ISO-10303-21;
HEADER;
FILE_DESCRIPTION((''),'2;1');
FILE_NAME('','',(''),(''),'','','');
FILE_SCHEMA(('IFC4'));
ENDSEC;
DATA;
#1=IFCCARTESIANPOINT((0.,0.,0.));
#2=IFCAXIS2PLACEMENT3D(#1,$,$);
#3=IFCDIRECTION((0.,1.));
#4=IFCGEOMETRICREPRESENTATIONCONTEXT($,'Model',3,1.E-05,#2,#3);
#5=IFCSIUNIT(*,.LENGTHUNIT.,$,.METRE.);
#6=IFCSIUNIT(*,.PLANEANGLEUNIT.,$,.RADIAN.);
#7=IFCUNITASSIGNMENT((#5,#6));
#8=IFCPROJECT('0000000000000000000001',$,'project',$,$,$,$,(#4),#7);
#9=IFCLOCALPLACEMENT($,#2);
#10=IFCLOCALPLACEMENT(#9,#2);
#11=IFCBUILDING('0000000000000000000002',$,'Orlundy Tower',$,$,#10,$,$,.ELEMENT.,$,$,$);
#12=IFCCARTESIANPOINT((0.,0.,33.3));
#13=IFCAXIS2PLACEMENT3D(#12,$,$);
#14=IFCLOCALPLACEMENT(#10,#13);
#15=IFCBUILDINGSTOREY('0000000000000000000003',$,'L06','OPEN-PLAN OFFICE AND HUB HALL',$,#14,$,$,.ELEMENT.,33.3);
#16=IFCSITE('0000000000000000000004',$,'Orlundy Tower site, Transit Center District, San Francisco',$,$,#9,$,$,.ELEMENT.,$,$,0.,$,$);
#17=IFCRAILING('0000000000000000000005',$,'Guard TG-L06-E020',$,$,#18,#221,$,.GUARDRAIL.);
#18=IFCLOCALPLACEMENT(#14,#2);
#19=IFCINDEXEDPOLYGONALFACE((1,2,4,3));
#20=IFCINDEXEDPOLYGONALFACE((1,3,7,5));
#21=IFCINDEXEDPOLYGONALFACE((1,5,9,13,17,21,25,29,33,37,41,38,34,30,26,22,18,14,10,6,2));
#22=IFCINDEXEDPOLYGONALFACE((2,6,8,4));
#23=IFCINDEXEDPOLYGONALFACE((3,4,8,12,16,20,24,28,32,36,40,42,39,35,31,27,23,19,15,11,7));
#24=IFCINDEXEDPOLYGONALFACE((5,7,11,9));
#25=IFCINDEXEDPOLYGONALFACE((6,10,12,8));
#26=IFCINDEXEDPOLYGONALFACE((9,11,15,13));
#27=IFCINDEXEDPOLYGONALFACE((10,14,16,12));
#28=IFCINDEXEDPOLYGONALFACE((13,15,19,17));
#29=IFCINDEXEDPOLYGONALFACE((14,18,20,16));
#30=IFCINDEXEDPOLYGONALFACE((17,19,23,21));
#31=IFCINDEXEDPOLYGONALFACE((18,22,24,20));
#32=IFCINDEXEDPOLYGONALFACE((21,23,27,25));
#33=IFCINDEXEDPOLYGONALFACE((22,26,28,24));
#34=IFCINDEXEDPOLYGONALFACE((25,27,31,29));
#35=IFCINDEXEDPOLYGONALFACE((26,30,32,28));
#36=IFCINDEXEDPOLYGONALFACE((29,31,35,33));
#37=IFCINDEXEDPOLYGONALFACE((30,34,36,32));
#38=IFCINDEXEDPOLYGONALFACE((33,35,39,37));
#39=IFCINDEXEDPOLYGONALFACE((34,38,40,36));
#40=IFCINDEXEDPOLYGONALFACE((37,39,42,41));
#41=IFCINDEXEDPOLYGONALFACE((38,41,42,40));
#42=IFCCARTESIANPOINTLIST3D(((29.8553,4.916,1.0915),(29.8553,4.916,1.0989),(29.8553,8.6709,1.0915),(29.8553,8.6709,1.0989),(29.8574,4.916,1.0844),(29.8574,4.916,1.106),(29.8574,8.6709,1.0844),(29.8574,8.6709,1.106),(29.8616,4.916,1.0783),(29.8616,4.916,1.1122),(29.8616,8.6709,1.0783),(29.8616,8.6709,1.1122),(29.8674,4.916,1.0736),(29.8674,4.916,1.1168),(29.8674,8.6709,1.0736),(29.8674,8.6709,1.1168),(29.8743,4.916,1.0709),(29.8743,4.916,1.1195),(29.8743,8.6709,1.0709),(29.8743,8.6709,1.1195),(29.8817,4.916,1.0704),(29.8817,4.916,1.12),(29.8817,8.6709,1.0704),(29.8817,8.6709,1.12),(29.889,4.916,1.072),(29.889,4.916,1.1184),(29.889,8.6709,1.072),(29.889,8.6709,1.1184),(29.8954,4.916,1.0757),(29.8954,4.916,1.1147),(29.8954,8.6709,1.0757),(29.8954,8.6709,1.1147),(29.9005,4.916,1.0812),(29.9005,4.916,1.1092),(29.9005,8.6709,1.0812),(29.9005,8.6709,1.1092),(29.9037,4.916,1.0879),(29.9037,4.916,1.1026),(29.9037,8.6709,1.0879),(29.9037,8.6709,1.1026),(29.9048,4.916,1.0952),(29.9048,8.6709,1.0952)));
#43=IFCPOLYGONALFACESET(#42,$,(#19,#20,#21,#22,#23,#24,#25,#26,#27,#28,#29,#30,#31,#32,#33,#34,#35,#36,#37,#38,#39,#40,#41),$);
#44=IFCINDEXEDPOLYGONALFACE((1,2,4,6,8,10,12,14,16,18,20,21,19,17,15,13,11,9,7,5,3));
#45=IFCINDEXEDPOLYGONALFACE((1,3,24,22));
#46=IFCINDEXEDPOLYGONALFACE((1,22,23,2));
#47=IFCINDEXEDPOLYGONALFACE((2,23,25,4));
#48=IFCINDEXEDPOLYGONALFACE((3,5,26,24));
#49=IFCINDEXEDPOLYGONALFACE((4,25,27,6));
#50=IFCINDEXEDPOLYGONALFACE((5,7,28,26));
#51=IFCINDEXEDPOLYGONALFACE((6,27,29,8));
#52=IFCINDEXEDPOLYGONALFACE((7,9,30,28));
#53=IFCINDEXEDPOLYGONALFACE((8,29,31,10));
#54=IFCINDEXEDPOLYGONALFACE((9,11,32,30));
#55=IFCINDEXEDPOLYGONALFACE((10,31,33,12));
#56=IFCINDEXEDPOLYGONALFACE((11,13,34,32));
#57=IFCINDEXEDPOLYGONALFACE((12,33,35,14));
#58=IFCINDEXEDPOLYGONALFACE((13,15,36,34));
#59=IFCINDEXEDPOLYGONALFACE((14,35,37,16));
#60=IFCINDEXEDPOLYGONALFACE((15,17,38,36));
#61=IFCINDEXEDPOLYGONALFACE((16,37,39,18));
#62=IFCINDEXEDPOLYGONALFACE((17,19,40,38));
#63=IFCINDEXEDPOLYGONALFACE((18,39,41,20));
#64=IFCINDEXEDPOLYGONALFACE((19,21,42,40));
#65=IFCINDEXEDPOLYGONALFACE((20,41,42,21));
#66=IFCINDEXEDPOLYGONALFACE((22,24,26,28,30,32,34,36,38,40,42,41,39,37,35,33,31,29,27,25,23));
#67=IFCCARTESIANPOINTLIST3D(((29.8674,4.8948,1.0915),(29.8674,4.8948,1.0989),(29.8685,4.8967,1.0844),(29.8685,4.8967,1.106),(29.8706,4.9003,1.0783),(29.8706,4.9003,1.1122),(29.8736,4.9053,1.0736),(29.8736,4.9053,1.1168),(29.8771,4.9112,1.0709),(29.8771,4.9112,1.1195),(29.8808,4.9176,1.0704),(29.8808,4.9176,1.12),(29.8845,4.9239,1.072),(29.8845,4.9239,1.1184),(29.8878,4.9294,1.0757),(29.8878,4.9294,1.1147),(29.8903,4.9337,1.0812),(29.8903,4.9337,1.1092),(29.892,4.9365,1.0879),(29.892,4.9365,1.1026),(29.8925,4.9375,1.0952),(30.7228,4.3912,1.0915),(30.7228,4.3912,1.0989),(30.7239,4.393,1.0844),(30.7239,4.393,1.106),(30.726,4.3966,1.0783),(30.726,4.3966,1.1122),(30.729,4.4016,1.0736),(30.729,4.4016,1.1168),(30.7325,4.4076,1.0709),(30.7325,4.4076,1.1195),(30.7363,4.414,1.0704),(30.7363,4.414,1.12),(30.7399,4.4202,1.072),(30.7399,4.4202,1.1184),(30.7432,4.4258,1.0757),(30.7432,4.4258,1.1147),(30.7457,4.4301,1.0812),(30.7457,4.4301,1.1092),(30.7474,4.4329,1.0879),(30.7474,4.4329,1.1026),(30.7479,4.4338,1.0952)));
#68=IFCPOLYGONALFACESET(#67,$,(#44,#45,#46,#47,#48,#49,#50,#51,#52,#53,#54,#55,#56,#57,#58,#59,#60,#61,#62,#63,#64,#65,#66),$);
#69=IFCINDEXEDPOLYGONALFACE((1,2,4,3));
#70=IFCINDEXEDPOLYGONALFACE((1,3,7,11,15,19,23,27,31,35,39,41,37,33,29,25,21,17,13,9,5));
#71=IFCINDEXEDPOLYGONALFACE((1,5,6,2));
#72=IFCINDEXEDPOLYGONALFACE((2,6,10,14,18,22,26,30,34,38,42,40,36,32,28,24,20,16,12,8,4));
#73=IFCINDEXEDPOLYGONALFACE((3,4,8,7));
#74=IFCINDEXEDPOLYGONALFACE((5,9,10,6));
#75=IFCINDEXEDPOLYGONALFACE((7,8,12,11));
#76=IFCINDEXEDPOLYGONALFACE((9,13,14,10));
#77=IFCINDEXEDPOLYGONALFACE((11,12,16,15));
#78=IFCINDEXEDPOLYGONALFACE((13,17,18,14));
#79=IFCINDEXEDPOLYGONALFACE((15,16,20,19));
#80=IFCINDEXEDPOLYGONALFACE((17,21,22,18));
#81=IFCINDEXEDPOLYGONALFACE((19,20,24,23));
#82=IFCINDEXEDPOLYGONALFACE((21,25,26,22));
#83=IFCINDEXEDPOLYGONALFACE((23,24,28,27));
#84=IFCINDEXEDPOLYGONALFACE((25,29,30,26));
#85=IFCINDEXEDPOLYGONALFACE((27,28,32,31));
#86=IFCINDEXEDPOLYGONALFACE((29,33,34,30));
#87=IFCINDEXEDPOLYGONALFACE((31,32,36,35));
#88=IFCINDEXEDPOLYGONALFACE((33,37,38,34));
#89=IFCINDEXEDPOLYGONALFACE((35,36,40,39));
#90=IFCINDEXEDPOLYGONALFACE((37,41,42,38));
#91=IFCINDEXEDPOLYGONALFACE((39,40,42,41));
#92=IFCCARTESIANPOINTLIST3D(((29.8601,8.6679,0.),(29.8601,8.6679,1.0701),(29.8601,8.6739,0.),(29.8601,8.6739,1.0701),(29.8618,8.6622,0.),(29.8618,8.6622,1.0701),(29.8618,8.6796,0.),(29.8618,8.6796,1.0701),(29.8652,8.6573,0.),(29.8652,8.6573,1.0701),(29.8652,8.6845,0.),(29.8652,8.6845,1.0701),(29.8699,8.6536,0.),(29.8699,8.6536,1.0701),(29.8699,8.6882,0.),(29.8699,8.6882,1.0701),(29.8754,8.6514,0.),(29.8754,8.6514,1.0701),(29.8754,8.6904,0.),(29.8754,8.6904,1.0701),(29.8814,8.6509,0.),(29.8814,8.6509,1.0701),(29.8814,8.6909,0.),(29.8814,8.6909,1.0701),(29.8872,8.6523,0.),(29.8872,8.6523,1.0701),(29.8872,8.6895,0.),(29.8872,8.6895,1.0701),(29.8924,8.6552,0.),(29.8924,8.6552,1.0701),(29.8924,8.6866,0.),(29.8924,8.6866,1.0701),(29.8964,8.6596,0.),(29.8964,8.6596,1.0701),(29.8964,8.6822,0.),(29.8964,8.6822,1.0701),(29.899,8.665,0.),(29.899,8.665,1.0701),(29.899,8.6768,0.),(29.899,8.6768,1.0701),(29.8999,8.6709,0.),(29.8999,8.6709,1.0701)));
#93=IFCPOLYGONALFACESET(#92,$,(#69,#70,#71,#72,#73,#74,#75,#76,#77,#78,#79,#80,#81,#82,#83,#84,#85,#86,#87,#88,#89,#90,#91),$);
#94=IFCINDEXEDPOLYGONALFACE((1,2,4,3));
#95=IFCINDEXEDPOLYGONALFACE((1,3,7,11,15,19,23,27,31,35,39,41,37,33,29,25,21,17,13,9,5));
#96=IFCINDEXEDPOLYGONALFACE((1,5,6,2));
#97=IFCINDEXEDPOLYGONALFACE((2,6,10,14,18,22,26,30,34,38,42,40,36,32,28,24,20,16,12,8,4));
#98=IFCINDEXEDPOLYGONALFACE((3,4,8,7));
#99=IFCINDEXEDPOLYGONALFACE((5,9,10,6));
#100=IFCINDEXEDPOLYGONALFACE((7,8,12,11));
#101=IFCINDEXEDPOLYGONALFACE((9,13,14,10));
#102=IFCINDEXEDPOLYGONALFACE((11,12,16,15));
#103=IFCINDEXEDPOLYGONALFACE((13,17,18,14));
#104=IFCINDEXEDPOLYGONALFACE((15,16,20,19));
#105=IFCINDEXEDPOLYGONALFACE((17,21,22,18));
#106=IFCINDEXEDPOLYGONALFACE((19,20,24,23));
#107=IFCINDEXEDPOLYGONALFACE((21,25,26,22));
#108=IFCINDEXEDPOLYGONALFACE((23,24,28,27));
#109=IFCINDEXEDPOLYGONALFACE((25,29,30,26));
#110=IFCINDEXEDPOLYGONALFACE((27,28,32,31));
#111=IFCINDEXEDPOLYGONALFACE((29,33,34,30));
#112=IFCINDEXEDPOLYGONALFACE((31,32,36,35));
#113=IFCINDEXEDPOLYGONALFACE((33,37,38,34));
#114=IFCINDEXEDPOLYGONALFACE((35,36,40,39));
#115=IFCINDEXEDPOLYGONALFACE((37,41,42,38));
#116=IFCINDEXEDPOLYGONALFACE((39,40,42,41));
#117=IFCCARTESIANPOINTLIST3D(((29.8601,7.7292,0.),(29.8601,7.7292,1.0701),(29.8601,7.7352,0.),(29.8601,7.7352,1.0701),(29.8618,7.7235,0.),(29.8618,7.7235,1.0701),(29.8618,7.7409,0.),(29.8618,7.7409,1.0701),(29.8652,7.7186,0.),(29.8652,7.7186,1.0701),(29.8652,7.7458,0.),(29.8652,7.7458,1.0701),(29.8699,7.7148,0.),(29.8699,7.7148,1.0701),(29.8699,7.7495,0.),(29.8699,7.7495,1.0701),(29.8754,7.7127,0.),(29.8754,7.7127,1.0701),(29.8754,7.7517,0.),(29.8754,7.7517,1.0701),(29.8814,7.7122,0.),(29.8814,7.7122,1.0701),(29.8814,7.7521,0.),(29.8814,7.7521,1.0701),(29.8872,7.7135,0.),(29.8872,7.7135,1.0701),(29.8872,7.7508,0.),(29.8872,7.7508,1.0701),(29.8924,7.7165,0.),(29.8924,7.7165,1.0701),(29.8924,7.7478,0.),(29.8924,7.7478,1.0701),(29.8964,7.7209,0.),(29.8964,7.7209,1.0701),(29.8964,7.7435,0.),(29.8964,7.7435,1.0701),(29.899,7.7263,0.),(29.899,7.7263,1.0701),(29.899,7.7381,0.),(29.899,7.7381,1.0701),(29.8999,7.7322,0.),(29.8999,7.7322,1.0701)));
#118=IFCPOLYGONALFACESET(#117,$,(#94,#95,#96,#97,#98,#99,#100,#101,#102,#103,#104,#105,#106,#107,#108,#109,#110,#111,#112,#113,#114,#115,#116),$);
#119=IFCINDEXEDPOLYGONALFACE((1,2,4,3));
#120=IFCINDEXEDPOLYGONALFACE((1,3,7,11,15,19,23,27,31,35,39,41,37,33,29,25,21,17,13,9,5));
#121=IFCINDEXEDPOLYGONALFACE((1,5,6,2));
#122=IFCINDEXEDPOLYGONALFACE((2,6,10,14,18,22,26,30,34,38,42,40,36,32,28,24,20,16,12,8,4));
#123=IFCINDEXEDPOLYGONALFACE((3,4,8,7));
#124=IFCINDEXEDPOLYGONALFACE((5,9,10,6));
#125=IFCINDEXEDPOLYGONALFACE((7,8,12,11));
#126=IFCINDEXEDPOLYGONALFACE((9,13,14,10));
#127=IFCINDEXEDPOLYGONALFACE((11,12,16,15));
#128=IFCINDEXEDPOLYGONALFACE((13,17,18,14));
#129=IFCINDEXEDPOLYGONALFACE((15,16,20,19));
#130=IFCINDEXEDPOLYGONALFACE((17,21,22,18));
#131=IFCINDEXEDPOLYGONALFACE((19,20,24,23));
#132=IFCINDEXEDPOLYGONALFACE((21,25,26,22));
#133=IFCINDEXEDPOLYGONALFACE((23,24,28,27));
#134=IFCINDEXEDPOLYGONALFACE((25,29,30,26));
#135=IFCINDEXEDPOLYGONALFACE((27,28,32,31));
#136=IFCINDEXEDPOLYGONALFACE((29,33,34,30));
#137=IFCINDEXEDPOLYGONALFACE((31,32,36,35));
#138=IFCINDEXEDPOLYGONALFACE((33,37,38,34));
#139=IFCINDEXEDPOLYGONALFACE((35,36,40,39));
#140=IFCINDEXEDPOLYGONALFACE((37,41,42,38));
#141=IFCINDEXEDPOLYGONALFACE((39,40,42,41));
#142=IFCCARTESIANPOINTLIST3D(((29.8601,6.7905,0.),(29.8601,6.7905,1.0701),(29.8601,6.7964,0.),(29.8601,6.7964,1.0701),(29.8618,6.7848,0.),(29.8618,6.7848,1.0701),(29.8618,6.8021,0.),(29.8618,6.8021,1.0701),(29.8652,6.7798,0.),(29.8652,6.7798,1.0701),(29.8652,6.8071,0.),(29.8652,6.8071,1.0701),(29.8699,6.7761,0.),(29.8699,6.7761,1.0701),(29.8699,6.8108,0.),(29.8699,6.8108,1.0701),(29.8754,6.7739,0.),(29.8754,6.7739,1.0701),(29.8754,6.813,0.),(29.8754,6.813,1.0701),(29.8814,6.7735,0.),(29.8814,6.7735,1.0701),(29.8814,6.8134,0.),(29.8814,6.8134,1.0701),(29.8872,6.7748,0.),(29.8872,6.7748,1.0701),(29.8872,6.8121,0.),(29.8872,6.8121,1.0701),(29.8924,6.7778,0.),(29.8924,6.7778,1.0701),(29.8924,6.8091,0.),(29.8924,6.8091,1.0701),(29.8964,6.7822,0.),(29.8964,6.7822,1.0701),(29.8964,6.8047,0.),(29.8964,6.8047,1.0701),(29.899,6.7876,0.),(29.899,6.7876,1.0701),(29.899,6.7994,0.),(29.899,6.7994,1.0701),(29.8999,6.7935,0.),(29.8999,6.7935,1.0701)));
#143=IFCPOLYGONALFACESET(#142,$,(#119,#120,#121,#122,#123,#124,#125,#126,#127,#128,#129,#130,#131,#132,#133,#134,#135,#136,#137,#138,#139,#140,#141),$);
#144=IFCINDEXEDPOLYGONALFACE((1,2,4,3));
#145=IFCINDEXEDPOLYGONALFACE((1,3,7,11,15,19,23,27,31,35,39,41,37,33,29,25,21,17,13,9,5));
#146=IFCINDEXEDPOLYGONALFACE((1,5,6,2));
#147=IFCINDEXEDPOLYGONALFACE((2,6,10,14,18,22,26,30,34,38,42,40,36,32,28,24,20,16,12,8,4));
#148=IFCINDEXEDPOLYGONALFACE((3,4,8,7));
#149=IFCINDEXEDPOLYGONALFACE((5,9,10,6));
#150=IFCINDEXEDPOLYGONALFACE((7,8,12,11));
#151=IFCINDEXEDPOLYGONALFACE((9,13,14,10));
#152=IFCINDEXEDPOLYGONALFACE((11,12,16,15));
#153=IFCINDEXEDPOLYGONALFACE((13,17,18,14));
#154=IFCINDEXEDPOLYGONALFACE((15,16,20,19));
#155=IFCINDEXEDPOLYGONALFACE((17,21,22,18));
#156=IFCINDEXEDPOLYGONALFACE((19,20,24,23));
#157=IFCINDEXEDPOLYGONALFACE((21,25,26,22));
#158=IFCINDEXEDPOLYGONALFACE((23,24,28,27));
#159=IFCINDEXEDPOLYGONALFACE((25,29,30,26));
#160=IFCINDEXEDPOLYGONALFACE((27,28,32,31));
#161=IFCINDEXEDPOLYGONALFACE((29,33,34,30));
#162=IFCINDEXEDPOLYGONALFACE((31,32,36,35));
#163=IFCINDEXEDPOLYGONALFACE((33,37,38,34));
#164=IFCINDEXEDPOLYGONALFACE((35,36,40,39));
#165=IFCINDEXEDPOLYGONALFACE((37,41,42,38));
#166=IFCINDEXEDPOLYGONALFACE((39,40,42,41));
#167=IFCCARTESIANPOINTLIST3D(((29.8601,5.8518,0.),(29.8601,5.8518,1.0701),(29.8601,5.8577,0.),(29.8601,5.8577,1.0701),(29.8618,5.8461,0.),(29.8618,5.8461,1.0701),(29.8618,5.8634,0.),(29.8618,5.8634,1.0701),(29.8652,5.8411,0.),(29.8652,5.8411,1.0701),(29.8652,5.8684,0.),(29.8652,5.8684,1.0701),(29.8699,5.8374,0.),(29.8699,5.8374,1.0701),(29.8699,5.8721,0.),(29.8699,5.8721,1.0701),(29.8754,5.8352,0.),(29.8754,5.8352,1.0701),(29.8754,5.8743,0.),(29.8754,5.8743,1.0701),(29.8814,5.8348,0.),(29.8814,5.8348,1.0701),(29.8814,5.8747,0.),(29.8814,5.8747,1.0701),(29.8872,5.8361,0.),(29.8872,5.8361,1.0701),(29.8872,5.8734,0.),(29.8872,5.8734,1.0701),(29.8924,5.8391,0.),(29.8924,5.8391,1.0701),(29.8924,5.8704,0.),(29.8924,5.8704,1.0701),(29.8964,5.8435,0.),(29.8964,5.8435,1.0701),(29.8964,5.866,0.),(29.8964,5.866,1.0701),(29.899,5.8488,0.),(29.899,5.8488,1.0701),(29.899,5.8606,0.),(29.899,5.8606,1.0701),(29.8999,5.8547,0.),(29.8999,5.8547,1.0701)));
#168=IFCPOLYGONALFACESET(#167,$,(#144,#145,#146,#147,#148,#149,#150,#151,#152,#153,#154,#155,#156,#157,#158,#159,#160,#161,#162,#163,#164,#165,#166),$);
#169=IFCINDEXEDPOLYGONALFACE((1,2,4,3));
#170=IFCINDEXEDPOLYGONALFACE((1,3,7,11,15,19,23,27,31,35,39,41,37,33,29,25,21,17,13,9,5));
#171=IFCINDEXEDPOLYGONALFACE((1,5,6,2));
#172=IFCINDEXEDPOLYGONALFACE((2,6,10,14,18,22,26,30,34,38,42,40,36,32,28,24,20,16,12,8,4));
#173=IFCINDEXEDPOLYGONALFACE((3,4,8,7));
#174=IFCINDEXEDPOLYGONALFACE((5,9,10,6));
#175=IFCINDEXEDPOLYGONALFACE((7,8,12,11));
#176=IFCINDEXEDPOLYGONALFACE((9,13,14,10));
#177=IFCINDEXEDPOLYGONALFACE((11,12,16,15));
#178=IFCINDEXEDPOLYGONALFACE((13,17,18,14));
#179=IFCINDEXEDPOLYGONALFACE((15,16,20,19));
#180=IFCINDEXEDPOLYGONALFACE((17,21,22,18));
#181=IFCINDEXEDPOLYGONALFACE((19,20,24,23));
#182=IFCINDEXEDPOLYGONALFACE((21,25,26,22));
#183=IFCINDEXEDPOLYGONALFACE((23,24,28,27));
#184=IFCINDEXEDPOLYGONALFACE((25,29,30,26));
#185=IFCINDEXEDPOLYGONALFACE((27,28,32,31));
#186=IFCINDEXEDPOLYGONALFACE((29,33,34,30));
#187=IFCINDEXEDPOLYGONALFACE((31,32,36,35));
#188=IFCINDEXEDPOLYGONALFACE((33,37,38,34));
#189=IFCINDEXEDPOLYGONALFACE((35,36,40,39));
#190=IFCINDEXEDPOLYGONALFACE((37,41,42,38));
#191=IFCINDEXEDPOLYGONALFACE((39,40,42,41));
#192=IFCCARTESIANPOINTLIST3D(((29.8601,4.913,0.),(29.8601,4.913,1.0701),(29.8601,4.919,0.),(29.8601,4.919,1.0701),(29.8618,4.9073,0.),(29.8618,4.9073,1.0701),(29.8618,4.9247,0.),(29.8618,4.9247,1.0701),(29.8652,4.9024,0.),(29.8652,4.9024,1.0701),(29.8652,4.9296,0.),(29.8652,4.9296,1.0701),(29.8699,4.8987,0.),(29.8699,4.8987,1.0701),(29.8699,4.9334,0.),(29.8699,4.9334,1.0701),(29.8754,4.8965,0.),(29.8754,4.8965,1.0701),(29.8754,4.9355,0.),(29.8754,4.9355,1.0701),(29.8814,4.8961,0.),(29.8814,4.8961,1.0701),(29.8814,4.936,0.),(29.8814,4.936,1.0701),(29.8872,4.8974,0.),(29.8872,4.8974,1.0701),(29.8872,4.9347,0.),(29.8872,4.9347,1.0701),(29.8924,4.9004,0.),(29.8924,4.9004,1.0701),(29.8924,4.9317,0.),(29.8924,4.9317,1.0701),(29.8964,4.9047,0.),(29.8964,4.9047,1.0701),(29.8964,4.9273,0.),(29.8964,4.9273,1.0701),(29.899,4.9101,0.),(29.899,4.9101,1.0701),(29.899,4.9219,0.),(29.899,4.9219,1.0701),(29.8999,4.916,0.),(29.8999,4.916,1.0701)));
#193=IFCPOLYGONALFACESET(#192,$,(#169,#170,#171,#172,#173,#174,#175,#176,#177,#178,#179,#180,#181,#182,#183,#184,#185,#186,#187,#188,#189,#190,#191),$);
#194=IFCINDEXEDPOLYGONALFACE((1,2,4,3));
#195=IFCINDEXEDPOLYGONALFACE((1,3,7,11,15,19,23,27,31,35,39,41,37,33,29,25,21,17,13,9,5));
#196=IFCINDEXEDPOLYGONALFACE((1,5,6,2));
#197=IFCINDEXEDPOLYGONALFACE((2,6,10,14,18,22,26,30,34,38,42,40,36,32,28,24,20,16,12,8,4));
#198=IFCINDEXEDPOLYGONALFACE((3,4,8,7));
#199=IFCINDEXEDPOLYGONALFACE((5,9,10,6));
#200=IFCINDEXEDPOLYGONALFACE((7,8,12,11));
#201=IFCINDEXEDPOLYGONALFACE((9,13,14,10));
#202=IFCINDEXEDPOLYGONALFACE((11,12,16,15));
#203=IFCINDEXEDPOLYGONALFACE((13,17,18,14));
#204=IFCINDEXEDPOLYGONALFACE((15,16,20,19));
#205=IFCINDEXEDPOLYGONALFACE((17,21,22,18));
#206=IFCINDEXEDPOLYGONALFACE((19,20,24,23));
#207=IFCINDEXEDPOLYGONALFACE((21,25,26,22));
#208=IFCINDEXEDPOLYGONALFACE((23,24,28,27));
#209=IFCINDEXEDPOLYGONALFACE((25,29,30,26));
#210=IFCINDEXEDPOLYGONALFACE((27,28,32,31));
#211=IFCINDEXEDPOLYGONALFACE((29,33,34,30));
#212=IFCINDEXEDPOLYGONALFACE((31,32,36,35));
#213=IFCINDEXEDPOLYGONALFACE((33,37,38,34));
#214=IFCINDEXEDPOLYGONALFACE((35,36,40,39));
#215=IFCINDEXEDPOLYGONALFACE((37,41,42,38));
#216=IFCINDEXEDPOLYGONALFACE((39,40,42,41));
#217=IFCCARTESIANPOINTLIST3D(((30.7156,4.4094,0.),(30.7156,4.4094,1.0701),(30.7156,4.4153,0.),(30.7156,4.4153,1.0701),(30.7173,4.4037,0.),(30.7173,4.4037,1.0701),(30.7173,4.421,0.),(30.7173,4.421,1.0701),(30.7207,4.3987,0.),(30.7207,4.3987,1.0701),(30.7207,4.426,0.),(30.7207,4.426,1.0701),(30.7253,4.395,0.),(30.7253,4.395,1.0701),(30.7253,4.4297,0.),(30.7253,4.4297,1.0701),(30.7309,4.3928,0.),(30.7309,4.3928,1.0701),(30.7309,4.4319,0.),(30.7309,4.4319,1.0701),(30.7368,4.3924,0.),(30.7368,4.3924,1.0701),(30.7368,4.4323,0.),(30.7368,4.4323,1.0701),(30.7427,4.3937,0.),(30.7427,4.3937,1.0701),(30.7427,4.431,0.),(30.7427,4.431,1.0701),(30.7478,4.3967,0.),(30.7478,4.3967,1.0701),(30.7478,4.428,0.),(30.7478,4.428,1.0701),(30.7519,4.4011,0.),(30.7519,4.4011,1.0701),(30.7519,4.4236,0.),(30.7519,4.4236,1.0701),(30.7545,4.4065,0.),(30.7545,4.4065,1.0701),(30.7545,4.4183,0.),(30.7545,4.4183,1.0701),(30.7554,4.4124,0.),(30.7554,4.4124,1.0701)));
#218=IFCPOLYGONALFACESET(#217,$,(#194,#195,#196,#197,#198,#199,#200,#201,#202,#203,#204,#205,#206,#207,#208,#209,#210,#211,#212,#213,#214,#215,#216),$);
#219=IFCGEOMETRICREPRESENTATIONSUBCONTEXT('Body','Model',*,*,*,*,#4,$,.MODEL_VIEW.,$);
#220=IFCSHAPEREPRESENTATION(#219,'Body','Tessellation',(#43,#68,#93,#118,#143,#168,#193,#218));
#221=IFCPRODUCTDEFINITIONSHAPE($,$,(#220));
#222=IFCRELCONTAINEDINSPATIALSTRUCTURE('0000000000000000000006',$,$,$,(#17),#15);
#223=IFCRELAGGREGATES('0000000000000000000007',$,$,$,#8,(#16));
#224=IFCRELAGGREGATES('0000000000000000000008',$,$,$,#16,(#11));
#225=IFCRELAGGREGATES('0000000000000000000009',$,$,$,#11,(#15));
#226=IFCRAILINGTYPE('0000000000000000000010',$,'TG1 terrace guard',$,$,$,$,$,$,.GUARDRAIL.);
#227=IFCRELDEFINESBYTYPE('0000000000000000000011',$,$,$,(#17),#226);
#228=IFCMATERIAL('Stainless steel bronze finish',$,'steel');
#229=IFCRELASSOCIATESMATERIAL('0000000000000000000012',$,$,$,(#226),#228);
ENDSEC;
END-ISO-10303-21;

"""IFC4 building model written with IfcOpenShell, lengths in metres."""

from ifc_helpers import new_model, si_unit, direction, frame, origin, origin_2d, place, context, subcontext, project, spatial, circle, extrude, material, type_object, element, save


model = new_model("IFC4")

# Units and contexts
model_context = context("Model", 3, precision=1e-05, world=origin(), true_north=direction((0.0, 1.0)))
body_context = subcontext(model_context, "Body", "Model", "MODEL_VIEW")
ifc_project = project(units=[si_unit("LENGTHUNIT", "METRE"), si_unit("PLANEANGLEUNIT", "RADIAN")], contexts=[model_context])

# Site, building, storey
site_placement = place(None, origin())
site = spatial("IfcSite", under=ifc_project, at=site_placement, Name="Orlundy Tower site, Transit Center District, San Francisco", CompositionType="ELEMENT", RefElevation=0.0)
building_placement = place(site_placement, origin())
building = spatial("IfcBuilding", under=site, at=building_placement, Name="Orlundy Tower", CompositionType="ELEMENT")
storey_placement = place(building_placement, frame((0.0, 0.0, 33.3)))
storey = spatial("IfcBuildingStorey", under=building, at=storey_placement, Name="L06", Description="OPEN-PLAN OFFICE AND HUB HALL", CompositionType="ELEMENT", Elevation=33.3)

# Railing
ifc_material_1 = material(Name="Stainless steel bronze finish", Category="steel")
railing_type = type_object("IfcRailingType", Name="TG1 terrace guard", PredefinedType="GUARDRAIL", material=ifc_material_1)
railing_1_placement = place(storey_placement, frame((29.8799, 8.6709, 0.0)))
element("IfcRailing", 1, at=railing_1_placement, inside=storey, type_object=railing_type, Name="Guard TG-L06-E020", PredefinedType="GUARDRAIL", context=body_context, shape_type="SweptSolid", body=[
    extrude(circle(Radius=0.0249, at=origin_2d()), frame((0.0, 0.0, 1.0952), z_axis=(0.0, -1.0, 0.0), x_axis=(1.0, 0.0, 0.0)), (0.0, 0.0, 1.0), 3.7549),
    extrude(circle(Radius=0.0249, at=origin_2d()), frame((0.0, -3.7549, 1.0952), z_axis=(0.861738, -0.507353, 0.0), x_axis=(0.507353, 0.861738, 0.0)), (0.0, 0.0, 1.0), 0.9927),
    extrude(circle(Radius=0.02, at=origin_2d()), origin(), (0.0, 0.0, 1.0), 1.0701),
    extrude(circle(Radius=0.02, at=origin_2d()), frame((0.0, -0.9387, 0.0)), (0.0, 0.0, 1.0), 1.0701),
    extrude(circle(Radius=0.02, at=origin_2d()), frame((0.0, -1.8774, 0.0)), (0.0, 0.0, 1.0), 1.0701),
    extrude(circle(Radius=0.02, at=origin_2d()), frame((0.0, -2.8162, 0.0)), (0.0, 0.0, 1.0), 1.0701),
    extrude(circle(Radius=0.02, at=origin_2d()), frame((0.0, -3.7549, 0.0)), (0.0, 0.0, 1.0), 1.0701),
    extrude(circle(Radius=0.02, at=origin_2d()), frame((0.8555, -4.2585, 0.0)), (0.0, 0.0, 1.0), 1.0701),
])

save(model, "model.ifc")
